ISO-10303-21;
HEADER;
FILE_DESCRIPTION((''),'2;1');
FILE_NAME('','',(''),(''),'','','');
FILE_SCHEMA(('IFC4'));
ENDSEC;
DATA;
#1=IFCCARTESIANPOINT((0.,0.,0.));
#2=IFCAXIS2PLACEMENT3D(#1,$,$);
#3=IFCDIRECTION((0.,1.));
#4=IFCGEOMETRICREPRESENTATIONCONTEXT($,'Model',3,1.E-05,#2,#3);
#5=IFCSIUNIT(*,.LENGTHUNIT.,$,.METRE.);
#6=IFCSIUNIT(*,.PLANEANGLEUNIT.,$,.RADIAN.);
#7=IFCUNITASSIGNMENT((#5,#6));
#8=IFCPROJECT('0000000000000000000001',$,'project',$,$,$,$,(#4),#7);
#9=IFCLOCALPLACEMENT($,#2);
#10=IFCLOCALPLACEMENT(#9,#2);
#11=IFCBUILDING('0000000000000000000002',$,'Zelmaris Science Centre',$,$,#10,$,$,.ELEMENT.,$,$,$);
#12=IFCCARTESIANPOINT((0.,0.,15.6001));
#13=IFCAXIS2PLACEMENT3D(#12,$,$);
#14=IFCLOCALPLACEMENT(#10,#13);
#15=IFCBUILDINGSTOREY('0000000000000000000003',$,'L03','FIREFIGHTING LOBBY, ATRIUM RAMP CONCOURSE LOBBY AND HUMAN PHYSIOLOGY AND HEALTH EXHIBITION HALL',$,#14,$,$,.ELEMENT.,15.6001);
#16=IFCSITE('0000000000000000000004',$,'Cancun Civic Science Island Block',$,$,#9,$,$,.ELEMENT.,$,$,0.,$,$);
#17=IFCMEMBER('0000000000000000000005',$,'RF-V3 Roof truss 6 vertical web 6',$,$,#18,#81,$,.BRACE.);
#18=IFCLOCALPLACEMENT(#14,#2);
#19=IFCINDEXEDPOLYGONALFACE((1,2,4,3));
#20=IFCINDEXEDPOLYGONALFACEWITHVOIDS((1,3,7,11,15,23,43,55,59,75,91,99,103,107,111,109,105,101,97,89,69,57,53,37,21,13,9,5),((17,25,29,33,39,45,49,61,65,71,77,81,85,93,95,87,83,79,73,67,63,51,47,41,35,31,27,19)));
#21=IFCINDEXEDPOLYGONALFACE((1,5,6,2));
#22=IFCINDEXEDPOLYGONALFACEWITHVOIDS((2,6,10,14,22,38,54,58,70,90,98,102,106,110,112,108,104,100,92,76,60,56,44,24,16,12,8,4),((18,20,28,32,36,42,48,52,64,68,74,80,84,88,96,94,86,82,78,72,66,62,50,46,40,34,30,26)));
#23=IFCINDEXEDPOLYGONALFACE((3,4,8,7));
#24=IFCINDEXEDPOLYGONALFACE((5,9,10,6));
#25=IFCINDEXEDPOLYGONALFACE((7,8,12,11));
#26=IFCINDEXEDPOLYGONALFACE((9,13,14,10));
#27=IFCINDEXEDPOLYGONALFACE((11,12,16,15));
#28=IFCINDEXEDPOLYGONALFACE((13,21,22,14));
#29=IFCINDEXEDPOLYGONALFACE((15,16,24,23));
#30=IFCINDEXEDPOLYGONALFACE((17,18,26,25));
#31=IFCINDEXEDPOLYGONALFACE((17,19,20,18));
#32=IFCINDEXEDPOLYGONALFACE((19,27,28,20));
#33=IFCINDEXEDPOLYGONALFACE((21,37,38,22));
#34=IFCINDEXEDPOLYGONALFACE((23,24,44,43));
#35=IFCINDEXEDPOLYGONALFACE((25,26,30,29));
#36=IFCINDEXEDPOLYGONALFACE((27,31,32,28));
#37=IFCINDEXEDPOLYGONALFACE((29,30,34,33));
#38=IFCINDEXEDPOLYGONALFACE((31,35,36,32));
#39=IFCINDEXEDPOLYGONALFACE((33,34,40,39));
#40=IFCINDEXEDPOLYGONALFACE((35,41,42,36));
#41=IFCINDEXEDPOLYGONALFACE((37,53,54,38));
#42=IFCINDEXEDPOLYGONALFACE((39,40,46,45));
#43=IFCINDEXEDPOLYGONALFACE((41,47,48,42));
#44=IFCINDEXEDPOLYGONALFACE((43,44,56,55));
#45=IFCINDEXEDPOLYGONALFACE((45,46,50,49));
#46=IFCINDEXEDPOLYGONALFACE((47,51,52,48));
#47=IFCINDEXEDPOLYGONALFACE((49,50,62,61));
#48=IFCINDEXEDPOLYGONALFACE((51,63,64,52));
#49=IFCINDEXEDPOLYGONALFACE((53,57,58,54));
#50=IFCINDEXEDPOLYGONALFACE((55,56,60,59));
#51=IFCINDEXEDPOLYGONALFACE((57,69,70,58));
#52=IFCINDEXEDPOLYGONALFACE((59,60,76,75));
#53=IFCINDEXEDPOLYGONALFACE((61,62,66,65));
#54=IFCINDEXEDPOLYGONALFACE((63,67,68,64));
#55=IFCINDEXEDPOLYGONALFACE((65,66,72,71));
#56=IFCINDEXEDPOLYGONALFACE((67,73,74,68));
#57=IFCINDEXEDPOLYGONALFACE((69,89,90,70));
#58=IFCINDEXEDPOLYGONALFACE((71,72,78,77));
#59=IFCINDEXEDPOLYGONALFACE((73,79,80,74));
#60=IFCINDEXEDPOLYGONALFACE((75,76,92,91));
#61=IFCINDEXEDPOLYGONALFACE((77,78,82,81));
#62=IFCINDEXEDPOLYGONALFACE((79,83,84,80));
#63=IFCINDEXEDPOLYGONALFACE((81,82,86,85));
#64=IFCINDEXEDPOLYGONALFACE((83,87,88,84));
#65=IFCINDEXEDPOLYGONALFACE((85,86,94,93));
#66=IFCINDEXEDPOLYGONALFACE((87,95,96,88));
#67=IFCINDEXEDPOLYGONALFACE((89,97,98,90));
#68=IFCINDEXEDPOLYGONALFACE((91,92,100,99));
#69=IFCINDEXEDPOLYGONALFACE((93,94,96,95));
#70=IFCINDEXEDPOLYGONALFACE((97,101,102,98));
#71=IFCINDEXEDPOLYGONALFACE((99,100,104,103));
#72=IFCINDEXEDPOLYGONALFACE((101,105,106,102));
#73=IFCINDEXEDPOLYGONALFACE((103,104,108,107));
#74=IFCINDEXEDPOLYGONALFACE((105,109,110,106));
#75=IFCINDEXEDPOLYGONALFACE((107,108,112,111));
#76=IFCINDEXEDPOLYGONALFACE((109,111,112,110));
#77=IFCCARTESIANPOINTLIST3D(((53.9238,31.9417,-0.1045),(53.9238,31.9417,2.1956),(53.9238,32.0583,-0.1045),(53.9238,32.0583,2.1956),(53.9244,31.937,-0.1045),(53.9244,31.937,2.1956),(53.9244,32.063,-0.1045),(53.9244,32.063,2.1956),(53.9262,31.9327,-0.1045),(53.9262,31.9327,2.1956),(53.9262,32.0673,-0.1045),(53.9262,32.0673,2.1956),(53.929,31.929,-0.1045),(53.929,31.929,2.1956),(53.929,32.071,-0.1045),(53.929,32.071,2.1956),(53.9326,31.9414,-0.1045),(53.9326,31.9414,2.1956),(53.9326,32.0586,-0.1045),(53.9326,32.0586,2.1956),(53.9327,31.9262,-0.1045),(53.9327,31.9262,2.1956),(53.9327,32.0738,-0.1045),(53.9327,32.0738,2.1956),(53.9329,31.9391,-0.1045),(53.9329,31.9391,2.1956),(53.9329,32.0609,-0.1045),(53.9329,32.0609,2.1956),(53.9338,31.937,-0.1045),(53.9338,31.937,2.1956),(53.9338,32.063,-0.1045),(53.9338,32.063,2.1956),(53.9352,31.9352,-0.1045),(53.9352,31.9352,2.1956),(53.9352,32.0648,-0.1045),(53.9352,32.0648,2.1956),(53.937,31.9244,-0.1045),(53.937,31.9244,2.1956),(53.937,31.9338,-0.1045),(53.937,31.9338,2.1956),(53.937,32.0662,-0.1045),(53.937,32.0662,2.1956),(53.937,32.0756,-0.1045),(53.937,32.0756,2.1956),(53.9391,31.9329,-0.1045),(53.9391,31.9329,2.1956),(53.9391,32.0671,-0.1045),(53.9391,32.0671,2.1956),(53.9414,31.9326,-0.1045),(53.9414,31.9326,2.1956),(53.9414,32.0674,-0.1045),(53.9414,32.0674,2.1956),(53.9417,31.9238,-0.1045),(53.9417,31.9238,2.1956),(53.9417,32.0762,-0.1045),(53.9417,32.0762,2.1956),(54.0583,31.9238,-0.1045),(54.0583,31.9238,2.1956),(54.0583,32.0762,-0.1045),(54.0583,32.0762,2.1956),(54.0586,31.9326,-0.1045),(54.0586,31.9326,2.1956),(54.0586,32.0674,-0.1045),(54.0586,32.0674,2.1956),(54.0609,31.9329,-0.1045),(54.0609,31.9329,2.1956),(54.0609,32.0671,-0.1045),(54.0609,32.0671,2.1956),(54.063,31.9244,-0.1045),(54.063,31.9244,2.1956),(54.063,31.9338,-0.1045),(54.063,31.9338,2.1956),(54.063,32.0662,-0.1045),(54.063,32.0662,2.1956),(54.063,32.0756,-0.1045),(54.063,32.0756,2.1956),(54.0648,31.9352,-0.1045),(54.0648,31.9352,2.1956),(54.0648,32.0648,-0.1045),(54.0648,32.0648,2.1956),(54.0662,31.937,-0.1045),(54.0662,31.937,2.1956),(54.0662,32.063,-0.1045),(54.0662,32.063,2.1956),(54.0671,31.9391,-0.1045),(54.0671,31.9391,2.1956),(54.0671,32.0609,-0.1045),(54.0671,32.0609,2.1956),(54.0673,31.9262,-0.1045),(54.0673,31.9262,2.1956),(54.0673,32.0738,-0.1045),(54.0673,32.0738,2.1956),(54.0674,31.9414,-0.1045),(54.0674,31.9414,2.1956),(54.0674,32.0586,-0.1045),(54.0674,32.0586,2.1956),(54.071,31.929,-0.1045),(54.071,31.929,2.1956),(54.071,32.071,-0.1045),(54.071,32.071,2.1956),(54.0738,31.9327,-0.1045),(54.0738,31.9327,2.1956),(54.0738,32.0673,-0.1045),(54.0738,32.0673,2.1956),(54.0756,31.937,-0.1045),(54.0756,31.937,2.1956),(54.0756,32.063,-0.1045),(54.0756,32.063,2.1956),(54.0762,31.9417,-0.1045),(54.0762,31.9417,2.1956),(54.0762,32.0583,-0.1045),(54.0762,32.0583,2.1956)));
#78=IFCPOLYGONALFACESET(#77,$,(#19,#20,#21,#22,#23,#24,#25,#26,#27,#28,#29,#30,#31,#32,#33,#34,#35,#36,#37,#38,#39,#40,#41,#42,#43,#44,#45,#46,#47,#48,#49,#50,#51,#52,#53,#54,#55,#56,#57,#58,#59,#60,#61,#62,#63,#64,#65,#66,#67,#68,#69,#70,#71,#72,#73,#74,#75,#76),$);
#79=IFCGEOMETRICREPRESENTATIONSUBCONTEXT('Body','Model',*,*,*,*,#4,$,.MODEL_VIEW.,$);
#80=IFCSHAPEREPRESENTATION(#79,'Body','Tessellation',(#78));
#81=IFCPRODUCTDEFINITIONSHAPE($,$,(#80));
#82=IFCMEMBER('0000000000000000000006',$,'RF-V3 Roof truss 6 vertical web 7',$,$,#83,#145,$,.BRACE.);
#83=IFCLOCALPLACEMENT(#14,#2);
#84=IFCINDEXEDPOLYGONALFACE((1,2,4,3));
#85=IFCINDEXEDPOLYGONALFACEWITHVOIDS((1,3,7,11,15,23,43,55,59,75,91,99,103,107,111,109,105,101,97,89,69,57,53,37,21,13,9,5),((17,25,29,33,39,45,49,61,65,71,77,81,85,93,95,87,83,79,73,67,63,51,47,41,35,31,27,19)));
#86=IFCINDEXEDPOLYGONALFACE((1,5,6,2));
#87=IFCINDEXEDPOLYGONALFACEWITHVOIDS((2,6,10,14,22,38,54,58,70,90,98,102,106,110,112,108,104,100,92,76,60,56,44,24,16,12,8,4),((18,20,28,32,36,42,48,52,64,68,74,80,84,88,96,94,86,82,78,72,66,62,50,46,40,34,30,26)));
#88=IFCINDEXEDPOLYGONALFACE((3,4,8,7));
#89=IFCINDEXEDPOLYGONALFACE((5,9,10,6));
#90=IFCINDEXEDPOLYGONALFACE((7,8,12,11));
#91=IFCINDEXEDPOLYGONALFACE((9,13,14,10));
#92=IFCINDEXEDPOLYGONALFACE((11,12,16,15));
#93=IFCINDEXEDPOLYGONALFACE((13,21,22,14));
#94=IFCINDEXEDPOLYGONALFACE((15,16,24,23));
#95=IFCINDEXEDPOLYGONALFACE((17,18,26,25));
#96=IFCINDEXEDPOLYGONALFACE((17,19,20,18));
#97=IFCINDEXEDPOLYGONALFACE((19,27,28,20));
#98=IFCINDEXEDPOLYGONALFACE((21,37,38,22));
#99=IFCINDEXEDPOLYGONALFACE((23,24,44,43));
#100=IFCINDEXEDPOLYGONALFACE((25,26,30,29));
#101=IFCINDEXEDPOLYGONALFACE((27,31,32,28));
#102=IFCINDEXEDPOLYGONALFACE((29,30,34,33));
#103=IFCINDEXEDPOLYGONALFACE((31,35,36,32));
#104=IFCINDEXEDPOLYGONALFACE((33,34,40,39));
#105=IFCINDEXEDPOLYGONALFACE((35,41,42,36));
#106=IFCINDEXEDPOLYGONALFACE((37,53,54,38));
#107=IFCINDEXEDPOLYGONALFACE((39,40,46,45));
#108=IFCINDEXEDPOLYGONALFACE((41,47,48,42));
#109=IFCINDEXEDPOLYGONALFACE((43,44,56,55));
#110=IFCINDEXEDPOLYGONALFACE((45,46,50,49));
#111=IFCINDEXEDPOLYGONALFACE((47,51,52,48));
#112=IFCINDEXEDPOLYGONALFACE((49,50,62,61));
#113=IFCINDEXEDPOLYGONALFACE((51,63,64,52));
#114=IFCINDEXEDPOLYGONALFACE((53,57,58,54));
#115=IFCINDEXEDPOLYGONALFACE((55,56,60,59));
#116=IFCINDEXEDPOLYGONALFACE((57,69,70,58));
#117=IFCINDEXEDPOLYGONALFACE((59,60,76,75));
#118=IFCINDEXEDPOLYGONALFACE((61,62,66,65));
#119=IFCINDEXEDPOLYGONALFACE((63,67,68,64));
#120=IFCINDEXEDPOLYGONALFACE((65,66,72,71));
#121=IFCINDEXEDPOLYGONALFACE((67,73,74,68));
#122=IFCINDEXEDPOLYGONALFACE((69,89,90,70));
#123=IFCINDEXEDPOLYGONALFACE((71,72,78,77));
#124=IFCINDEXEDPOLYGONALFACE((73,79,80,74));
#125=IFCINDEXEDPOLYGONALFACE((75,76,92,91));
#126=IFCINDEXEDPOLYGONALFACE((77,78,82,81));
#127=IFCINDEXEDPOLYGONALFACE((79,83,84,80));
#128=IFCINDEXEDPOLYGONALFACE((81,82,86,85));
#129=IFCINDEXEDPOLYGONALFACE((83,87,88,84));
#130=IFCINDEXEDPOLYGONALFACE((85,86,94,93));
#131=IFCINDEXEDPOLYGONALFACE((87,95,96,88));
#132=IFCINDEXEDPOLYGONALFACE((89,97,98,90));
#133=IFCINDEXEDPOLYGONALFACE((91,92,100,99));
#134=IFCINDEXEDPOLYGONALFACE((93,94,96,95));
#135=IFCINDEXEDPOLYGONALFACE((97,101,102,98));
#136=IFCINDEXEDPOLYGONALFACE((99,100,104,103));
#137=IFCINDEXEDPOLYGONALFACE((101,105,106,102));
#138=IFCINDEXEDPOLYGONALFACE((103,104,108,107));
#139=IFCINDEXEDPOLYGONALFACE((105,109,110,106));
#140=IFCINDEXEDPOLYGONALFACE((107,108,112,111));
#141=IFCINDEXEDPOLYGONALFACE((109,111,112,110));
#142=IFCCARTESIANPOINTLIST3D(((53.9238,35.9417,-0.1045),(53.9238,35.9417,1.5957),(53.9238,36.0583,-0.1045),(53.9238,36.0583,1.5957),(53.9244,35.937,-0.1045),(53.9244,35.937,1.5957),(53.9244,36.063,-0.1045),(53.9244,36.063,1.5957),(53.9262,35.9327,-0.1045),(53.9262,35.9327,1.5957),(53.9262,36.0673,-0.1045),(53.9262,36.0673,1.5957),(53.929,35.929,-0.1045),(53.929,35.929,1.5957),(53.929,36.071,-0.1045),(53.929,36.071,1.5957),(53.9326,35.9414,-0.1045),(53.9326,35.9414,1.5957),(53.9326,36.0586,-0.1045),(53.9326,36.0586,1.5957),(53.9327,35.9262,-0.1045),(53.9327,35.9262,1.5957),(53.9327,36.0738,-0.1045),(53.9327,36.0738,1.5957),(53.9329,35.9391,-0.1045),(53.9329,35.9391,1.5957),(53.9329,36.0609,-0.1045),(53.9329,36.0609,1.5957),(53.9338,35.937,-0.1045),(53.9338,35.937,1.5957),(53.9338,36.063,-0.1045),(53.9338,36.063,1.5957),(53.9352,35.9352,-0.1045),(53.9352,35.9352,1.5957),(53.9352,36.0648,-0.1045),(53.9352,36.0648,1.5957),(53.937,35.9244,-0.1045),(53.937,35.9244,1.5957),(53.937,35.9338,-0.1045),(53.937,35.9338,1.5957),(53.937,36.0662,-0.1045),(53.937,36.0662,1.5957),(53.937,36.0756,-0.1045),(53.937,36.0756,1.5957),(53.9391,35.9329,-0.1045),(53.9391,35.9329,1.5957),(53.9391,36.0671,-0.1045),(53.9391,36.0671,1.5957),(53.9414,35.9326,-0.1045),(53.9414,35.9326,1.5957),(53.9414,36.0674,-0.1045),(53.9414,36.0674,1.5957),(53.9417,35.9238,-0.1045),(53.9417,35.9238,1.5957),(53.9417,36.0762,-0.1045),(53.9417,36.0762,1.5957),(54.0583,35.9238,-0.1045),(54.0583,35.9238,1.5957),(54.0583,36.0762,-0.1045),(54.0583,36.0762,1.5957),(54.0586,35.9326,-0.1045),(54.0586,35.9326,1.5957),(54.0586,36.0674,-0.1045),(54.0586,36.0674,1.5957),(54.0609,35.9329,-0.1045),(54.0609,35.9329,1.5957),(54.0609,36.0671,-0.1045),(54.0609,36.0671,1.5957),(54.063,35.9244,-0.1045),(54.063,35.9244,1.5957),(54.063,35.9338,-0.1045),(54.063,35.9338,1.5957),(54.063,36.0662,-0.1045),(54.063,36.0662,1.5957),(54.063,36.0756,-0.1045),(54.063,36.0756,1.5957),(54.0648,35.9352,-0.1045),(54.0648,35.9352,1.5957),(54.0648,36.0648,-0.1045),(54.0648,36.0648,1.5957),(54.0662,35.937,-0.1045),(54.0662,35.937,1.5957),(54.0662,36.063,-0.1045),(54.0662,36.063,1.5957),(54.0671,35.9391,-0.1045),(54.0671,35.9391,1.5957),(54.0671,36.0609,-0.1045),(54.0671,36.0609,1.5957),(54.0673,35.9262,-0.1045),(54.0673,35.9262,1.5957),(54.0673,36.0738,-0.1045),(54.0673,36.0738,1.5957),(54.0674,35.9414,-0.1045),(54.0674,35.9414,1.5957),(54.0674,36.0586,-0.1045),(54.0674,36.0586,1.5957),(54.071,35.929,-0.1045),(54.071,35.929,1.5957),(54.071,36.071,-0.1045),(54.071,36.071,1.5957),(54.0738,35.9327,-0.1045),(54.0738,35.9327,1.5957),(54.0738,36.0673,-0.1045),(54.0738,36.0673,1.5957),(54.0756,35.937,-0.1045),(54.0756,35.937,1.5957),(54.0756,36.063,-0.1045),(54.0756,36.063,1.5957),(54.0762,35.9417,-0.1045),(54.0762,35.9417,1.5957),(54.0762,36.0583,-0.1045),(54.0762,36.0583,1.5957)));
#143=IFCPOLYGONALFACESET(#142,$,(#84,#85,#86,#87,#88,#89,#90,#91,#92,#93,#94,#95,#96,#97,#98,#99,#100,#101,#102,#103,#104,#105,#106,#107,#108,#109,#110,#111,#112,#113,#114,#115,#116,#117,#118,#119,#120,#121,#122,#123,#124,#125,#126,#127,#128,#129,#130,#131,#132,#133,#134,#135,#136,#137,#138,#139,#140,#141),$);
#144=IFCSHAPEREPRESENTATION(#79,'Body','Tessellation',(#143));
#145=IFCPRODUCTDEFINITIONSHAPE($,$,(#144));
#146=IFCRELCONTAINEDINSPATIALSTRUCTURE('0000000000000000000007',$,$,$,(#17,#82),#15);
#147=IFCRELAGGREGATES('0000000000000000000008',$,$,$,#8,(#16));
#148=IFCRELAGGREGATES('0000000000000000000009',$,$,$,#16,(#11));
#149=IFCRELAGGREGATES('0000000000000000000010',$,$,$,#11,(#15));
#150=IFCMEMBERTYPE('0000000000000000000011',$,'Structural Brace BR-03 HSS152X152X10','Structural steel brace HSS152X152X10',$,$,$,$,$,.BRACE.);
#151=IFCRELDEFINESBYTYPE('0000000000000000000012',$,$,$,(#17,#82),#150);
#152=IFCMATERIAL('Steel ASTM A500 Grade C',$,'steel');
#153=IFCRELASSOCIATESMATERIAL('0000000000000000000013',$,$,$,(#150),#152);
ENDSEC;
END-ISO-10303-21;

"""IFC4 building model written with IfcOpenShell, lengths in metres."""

from ifc_helpers import new_model, si_unit, direction, frame, origin, origin_2d, place, context, subcontext, project, spatial, hollow_rectangle, extrude, material, material_profile, profile_set, type_object, element, save


model = new_model("IFC4")

# Units and contexts
model_context = context("Model", 3, precision=1e-05, world=origin(), true_north=direction((0.0, 1.0)))
body_context = subcontext(model_context, "Body", "Model", "MODEL_VIEW")
ifc_project = project(units=[si_unit("LENGTHUNIT", "METRE"), si_unit("PLANEANGLEUNIT", "RADIAN")], contexts=[model_context])

# Site, building, storey
site_placement = place(None, origin())
site = spatial("IfcSite", under=ifc_project, at=site_placement, Name="Cancun Civic Science Island Block", CompositionType="ELEMENT", RefElevation=0.0)
building_placement = place(site_placement, origin())
building = spatial("IfcBuilding", under=site, at=building_placement, Name="Zelmaris Science Centre", CompositionType="ELEMENT")
storey_placement = place(building_placement, frame((0.0, 0.0, 15.6001)))
storey = spatial("IfcBuildingStorey", under=building, at=storey_placement, Name="L03", Description="FIREFIGHTING LOBBY, ATRIUM RAMP CONCOURSE LOBBY AND HUMAN PHYSIOLOGY AND HEALTH EXHIBITION HALL", CompositionType="ELEMENT", Elevation=15.6001)

# Shared definitions
ifc_material_1 = material(Name="Steel ASTM A500 Grade C", Category="steel")

# Members
ifc_material_profile_1 = material_profile(ifc_material_1, hollow_rectangle(XDim=0.1523, YDim=0.1523, WallThickness=0.0088, InnerFilletRadius=0.0088, OuterFilletRadius=0.0178, at=origin_2d()), Name="HSS152X152X10")
ifc_profile_set_1 = profile_set([ifc_material_profile_1], Name="Steel ASTM A500 Grade C")
member_type_1 = type_object("IfcMemberType", Name="Structural Brace BR-03 HSS152X152X10", Description="Structural steel brace HSS152X152X10", PredefinedType="BRACE", material=ifc_profile_set_1)
member_1_placement = place(storey_placement, frame((54.0, 32.0, -0.1045), z_axis=(0.0, 0.0, 1.0), x_axis=(1.0, 0.0, 0.0)))
element("IfcMember", 1, at=member_1_placement, inside=storey, type_object=member_type_1, Name="RF-V3 Roof truss 6 vertical web 6", PredefinedType="BRACE", context=body_context, shape_type="SweptSolid", body=[
    extrude(hollow_rectangle(XDim=0.1523, YDim=0.1523, WallThickness=0.0088, InnerFilletRadius=0.0088, OuterFilletRadius=0.0178, at=origin_2d()), origin(), (0.0, 0.0, 1.0), 2.3),
])
member_2_placement = place(storey_placement, frame((54.0, 36.0, -0.1045), z_axis=(0.0, 0.0, 1.0), x_axis=(1.0, 0.0, 0.0)))
element("IfcMember", 2, at=member_2_placement, inside=storey, type_object=member_type_1, Name="RF-V3 Roof truss 6 vertical web 7", PredefinedType="BRACE", context=body_context, shape_type="SweptSolid", body=[
    extrude(hollow_rectangle(XDim=0.1523, YDim=0.1523, WallThickness=0.0088, InnerFilletRadius=0.0088, OuterFilletRadius=0.0178, at=origin_2d()), origin(), (0.0, 0.0, 1.0), 1.7002),
])

save(model, "model.ifc")
